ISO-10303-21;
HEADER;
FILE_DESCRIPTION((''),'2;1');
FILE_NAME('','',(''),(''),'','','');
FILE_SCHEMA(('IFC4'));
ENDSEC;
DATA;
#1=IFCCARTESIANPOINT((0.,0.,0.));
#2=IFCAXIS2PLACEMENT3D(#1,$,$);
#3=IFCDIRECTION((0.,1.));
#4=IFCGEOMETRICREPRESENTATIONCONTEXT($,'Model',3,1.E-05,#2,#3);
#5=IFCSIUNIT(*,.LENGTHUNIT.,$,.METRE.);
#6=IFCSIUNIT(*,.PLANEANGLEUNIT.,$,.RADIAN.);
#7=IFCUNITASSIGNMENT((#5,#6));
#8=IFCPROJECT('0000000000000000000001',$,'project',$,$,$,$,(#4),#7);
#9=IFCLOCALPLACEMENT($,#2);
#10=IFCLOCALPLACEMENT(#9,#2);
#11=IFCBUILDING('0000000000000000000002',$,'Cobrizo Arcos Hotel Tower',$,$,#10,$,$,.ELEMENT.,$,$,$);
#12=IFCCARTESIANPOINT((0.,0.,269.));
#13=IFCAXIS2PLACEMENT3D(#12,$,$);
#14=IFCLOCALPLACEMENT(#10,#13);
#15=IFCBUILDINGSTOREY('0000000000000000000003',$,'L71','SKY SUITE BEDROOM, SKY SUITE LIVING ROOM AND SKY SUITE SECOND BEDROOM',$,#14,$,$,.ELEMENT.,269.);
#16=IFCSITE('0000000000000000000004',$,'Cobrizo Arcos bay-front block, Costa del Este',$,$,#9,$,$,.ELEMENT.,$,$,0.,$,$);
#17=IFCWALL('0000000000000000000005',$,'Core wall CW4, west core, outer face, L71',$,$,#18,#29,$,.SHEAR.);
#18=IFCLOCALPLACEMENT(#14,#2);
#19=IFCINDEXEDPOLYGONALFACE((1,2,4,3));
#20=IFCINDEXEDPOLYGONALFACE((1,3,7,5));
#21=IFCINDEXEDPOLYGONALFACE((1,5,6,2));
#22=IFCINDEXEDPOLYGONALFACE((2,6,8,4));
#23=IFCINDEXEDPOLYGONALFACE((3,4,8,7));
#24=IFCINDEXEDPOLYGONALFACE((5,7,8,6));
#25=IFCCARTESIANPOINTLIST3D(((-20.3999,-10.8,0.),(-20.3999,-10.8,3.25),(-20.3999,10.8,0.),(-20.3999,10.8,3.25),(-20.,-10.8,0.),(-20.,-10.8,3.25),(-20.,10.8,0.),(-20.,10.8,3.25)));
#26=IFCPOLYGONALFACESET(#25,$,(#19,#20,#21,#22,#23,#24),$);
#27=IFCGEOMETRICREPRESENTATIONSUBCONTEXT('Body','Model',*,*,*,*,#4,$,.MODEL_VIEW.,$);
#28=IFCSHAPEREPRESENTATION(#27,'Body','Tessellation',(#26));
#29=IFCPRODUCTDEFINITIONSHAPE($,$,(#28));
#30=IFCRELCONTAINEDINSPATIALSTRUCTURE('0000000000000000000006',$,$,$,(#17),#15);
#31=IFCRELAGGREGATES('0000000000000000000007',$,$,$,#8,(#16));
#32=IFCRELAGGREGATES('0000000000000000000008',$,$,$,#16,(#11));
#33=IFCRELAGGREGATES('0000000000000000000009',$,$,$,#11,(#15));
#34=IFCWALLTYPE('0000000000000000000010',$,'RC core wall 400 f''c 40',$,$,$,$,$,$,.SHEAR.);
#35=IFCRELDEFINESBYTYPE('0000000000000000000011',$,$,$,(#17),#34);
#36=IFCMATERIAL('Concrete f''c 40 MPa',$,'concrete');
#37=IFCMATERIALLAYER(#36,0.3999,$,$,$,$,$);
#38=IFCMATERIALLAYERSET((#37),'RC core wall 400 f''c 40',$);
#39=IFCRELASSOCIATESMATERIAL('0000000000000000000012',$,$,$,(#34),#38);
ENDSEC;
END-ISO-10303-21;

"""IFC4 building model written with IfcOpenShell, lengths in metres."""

from ifc_helpers import new_model, si_unit, direction, frame, frame_2d, origin, place, context, subcontext, project, spatial, rectangle, extrude, material, layer, layer_set, type_object, element, save


model = new_model("IFC4")

# Units and contexts
model_context = context("Model", 3, precision=1e-05, world=origin(), true_north=direction((0.0, 1.0)))
body_context = subcontext(model_context, "Body", "Model", "MODEL_VIEW")
ifc_project = project(units=[si_unit("LENGTHUNIT", "METRE"), si_unit("PLANEANGLEUNIT", "RADIAN")], contexts=[model_context])

# Site, building, storey
site_placement = place(None, origin())
site = spatial("IfcSite", under=ifc_project, at=site_placement, Name="Cobrizo Arcos bay-front block, Costa del Este", CompositionType="ELEMENT", RefElevation=0.0)
building_placement = place(site_placement, origin())
building = spatial("IfcBuilding", under=site, at=building_placement, Name="Cobrizo Arcos Hotel Tower", CompositionType="ELEMENT")
storey_placement = place(building_placement, frame((0.0, 0.0, 269.0)))
storey = spatial("IfcBuildingStorey", under=building, at=storey_placement, Name="L71", Description="SKY SUITE BEDROOM, SKY SUITE LIVING ROOM AND SKY SUITE SECOND BEDROOM", CompositionType="ELEMENT", Elevation=269.0)

# Shared definitions
ifc_material_1 = material(Name="Concrete f'c 40 MPa", Category="concrete")
ifc_layer_1 = layer(ifc_material_1, 0.3999)
ifc_layer_set_1 = layer_set([ifc_layer_1], Name="RC core wall 400 f'c 40")
wall_type = type_object("IfcWallType", Name="RC core wall 400 f'c 40", PredefinedType="SHEAR", material=ifc_layer_set_1)

# Wall
wall_1_placement = place(storey_placement, frame((-20.2, -10.8, 0.0), z_axis=(0.0, 0.0, 1.0), x_axis=(0.0, 1.0, 0.0)))
element("IfcWall", 1, at=wall_1_placement, inside=storey, type_object=wall_type, Name="Core wall CW4, west core, outer face, L71", PredefinedType="SHEAR", context=body_context, shape_type="SweptSolid", body=[
    extrude(rectangle(XDim=21.6001, YDim=0.3999, at=frame_2d((10.8, 0.0))), origin(), (0.0, 0.0, 1.0), 3.25),
])

save(model, "model.ifc")
